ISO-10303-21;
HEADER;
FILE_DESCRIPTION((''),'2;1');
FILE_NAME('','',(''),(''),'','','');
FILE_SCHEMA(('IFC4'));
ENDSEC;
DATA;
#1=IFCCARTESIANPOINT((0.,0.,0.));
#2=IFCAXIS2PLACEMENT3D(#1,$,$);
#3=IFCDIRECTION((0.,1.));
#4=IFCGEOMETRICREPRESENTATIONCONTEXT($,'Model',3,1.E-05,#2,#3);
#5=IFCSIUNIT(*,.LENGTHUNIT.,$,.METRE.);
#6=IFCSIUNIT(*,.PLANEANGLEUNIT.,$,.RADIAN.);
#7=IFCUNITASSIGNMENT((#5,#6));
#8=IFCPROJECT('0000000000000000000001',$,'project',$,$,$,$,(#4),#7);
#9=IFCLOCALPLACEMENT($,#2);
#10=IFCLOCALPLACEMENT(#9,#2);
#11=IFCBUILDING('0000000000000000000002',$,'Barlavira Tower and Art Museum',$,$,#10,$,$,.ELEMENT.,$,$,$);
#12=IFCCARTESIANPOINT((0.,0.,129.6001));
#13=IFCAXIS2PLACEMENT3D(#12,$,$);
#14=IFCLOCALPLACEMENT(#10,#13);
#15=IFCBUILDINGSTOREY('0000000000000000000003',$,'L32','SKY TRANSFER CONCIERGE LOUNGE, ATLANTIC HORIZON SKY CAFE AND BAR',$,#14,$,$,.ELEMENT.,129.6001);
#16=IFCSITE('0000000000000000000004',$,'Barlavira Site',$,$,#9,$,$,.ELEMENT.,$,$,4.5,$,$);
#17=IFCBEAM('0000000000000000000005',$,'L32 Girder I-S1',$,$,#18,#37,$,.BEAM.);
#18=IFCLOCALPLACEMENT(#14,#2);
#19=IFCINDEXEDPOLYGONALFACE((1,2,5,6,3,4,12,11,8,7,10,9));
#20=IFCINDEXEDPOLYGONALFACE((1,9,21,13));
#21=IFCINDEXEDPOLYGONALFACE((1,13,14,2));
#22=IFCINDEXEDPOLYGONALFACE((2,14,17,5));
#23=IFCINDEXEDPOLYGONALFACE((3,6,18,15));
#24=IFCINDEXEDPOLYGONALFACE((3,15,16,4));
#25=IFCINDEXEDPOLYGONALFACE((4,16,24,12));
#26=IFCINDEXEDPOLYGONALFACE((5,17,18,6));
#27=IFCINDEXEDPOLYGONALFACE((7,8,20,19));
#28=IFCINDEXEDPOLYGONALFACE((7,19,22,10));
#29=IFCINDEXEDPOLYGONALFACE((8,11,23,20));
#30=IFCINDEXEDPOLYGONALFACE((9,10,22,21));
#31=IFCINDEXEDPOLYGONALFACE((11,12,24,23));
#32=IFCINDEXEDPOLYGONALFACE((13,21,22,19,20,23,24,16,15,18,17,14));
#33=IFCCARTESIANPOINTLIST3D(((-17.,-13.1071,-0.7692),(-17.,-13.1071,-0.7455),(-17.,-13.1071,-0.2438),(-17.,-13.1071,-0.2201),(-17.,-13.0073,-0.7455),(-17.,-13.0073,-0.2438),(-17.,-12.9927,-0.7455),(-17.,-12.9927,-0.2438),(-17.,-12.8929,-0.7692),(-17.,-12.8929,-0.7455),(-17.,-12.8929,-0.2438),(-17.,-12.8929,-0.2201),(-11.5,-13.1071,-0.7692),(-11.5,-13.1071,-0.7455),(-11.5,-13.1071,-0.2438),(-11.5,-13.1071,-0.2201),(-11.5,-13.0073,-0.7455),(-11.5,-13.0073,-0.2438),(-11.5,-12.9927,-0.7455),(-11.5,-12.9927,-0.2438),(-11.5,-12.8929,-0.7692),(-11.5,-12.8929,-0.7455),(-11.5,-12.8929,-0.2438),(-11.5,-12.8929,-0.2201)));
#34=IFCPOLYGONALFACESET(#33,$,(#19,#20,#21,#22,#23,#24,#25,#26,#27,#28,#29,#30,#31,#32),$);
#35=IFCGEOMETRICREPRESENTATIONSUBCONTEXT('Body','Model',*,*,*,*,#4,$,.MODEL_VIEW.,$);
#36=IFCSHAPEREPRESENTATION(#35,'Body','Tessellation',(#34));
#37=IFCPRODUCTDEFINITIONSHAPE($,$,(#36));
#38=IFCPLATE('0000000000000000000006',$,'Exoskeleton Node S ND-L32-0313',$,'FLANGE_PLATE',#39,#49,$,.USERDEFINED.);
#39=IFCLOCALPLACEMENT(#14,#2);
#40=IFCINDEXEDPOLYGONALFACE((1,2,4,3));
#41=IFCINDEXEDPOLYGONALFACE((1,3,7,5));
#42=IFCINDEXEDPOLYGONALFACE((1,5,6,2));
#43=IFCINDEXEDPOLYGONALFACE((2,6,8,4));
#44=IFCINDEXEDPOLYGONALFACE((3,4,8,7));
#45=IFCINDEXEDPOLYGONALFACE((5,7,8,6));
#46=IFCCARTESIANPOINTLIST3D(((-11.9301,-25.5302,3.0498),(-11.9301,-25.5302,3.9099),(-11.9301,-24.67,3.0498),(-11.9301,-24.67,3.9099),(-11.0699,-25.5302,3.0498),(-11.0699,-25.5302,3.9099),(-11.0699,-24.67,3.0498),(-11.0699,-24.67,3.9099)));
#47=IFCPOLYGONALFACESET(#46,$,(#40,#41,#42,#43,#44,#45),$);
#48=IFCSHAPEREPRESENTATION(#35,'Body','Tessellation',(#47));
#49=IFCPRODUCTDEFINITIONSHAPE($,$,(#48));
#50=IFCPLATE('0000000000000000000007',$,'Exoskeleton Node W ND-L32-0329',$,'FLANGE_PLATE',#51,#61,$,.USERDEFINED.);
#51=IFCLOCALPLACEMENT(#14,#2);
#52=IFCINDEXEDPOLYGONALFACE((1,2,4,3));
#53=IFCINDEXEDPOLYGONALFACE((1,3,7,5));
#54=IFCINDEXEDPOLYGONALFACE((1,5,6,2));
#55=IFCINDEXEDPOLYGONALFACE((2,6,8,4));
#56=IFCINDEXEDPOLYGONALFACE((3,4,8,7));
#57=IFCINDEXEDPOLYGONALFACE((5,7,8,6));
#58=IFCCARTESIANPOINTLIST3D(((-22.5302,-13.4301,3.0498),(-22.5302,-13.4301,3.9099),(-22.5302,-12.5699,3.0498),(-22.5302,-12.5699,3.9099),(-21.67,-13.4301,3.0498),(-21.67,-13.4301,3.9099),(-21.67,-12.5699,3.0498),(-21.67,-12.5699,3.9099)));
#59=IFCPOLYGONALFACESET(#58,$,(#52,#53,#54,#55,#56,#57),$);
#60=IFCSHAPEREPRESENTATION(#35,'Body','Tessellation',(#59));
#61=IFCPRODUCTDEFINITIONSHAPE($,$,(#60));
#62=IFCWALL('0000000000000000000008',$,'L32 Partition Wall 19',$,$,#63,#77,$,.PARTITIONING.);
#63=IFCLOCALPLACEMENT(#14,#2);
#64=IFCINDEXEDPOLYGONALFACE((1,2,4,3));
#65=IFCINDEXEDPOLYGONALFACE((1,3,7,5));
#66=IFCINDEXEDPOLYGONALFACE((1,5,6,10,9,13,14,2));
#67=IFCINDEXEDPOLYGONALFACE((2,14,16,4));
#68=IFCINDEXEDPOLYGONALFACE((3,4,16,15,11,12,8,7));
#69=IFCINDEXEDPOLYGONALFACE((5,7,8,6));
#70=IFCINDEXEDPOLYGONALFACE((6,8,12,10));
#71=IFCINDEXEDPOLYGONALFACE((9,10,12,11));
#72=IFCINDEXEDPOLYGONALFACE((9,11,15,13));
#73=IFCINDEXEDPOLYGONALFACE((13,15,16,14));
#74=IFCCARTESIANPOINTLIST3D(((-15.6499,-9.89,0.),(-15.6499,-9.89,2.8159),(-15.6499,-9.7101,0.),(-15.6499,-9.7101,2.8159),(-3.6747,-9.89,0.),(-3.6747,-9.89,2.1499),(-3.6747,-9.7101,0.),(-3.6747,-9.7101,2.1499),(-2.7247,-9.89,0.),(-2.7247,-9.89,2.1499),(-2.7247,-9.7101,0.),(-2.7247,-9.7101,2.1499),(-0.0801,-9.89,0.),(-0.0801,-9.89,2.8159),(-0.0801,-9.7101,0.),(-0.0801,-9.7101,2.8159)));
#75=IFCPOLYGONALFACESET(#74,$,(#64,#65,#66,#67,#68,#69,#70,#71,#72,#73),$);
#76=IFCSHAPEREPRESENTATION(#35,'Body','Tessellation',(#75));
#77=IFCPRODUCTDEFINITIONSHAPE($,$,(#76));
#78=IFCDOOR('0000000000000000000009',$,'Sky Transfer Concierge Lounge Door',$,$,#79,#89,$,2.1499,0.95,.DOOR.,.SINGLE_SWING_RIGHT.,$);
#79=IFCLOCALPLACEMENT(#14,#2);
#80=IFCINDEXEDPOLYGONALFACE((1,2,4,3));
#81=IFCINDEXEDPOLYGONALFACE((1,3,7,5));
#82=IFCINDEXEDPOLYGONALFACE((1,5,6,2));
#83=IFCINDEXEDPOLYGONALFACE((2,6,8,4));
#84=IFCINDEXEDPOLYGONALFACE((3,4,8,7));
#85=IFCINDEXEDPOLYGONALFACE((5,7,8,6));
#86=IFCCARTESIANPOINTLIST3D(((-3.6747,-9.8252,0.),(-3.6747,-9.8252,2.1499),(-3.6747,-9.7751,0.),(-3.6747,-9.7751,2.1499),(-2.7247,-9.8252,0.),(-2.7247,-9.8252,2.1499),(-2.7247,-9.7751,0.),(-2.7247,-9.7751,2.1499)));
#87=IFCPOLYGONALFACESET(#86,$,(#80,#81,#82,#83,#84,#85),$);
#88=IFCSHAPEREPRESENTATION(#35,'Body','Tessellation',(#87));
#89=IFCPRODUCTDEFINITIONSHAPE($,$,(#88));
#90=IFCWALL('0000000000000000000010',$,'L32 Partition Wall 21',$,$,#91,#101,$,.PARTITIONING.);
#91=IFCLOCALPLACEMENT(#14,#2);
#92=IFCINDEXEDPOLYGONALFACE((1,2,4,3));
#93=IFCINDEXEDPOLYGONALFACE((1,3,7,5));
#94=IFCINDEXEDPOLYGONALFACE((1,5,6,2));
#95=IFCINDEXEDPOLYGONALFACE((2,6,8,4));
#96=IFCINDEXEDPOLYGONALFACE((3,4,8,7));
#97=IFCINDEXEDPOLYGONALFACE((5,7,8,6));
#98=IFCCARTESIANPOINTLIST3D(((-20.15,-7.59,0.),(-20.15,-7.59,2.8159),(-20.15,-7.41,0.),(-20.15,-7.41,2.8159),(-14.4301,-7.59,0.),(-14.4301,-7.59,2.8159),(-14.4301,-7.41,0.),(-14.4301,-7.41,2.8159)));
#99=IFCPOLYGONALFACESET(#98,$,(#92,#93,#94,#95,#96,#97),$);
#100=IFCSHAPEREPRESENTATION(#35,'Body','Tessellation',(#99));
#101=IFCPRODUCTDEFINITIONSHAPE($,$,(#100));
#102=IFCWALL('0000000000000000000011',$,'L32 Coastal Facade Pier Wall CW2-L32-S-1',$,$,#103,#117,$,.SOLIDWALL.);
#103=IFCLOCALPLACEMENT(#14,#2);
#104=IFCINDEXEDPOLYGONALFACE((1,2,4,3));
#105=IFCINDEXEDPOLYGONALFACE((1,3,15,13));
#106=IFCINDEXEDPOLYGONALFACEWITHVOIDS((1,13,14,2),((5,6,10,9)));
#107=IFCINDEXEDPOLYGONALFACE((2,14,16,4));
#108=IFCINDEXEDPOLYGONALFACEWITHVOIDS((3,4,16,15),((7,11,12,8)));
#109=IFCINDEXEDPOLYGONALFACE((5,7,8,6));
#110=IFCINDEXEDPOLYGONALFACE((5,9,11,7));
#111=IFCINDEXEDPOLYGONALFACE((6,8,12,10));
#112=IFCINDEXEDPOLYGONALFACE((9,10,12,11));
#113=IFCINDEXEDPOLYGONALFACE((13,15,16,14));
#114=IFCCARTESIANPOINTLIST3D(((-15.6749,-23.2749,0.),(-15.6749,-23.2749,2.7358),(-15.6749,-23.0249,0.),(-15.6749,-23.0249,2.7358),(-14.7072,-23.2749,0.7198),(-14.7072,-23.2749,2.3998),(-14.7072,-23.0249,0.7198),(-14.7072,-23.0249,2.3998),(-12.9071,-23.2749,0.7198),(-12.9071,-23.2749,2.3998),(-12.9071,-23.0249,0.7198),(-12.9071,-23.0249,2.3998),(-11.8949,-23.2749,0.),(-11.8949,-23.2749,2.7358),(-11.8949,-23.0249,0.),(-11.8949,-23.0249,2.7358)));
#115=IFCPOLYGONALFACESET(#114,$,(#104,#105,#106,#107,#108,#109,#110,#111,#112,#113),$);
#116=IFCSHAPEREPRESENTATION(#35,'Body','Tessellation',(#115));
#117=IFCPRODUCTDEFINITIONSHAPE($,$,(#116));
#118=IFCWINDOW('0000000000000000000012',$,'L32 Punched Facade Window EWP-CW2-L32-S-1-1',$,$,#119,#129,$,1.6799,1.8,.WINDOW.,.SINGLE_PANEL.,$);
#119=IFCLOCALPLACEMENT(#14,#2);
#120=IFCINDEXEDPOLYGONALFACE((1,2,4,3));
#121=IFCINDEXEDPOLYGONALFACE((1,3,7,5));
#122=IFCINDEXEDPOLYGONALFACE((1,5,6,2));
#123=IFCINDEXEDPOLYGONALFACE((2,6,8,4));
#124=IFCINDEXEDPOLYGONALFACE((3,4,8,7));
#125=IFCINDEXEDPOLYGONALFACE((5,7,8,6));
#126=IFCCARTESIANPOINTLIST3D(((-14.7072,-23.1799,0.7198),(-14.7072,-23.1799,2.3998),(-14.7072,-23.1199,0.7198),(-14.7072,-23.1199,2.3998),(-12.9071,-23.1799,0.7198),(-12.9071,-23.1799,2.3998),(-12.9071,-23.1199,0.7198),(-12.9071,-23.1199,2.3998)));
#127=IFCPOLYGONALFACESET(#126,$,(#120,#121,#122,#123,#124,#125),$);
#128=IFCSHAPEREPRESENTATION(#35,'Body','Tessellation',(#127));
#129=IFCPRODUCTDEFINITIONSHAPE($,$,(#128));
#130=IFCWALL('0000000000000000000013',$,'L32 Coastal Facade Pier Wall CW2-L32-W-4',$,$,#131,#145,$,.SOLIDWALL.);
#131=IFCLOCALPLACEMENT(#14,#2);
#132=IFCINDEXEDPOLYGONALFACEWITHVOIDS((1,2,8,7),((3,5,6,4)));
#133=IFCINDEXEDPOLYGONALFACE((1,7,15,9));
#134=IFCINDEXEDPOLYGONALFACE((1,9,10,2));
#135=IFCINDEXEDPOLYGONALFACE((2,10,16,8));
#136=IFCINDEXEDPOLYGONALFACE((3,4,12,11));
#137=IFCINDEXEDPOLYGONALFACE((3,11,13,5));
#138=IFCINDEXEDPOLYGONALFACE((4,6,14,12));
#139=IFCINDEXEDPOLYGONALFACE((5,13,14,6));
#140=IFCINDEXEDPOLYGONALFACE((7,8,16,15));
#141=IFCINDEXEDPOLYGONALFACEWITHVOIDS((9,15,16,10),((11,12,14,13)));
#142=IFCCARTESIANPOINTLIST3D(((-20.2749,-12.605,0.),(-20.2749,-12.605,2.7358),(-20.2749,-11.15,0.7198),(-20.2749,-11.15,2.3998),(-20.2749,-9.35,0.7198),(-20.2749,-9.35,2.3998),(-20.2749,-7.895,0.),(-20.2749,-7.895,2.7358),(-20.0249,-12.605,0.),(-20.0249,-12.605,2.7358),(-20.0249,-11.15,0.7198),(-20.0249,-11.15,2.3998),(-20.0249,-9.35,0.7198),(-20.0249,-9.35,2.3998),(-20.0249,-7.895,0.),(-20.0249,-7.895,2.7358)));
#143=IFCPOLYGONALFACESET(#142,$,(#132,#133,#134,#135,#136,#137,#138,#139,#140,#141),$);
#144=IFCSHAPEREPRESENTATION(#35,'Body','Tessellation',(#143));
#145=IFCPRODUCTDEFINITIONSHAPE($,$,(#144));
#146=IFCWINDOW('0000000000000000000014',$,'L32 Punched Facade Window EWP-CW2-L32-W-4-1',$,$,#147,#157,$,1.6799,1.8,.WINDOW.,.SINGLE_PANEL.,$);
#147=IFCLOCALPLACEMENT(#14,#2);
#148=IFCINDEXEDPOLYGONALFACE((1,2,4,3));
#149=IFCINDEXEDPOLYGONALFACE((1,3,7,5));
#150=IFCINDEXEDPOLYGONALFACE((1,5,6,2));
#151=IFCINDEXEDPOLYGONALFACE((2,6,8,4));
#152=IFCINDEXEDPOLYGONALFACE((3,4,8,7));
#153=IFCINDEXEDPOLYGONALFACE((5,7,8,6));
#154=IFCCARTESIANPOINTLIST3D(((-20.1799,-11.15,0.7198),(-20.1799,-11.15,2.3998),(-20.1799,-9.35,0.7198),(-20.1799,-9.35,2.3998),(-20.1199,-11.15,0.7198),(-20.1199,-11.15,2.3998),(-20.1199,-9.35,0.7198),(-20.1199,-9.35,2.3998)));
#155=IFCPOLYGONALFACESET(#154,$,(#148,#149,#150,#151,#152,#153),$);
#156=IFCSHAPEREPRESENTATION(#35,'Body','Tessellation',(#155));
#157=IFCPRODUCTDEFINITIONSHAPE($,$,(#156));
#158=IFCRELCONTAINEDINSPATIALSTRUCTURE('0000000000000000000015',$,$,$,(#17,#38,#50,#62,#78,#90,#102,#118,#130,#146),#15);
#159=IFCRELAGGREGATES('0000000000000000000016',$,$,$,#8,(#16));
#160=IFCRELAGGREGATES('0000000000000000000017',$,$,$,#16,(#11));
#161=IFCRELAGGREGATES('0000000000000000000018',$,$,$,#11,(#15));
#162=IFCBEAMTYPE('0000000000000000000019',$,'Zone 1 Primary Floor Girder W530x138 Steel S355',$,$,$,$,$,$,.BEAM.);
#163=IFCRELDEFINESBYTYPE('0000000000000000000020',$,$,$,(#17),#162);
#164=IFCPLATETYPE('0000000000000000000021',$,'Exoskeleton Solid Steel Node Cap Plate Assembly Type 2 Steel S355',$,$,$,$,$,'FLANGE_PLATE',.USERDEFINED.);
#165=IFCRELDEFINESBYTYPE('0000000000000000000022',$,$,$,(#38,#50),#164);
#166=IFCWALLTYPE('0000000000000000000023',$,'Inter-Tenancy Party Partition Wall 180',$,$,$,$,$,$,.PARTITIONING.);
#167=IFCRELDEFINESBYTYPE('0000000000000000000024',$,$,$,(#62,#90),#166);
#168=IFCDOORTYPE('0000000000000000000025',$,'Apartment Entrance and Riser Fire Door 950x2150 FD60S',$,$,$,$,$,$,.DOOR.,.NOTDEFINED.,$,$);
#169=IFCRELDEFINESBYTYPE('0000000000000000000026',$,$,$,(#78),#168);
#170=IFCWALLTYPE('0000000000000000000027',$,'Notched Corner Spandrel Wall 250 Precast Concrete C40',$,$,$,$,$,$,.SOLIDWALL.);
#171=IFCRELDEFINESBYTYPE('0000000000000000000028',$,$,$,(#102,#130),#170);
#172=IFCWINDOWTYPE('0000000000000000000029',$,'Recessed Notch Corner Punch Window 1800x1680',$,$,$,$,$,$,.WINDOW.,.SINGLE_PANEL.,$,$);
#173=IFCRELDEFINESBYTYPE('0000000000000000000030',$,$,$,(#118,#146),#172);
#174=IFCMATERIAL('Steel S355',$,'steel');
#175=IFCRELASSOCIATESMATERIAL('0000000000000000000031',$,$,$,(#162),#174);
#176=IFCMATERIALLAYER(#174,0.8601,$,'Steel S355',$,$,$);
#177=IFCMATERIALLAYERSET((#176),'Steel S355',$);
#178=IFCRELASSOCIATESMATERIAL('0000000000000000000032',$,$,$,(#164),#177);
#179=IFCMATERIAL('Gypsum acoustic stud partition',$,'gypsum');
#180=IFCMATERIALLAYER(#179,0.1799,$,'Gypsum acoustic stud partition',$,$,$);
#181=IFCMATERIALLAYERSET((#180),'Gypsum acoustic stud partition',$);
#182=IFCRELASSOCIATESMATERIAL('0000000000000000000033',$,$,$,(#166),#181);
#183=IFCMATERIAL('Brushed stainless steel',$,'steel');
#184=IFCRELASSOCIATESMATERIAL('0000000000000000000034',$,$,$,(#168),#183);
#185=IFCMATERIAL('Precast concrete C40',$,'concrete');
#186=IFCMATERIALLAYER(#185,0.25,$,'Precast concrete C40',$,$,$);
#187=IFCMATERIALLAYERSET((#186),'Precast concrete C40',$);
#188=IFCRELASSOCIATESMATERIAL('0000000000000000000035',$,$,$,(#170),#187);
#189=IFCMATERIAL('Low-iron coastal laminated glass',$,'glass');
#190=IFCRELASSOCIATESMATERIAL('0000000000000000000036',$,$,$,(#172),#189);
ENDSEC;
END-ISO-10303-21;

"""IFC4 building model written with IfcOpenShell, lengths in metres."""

from ifc_helpers import new_model, si_unit, direction, frame, frame_2d, origin, origin_2d, place, context, subcontext, project, spatial, rectangle, i_section, extrude, material, layer, layer_set, material_profile, profile_set, type_object, element, fill, save


model = new_model("IFC4")

# Units and contexts
model_context = context("Model", 3, precision=1e-05, world=origin(), true_north=direction((0.0, 1.0)))
body_context = subcontext(model_context, "Body", "Model", "MODEL_VIEW")
ifc_project = project(units=[si_unit("LENGTHUNIT", "METRE"), si_unit("PLANEANGLEUNIT", "RADIAN")], contexts=[model_context])

# Site, building, storey
site_placement = place(None, origin())
site = spatial("IfcSite", under=ifc_project, at=site_placement, Name="Barlavira Site", CompositionType="ELEMENT", RefElevation=4.5)
building_placement = place(site_placement, origin())
building = spatial("IfcBuilding", under=site, at=building_placement, Name="Barlavira Tower and Art Museum", CompositionType="ELEMENT")
storey_placement = place(building_placement, frame((0.0, 0.0, 129.6001)))
storey = spatial("IfcBuildingStorey", under=building, at=storey_placement, Name="L32", Description="SKY TRANSFER CONCIERGE LOUNGE, ATLANTIC HORIZON SKY CAFE AND BAR", CompositionType="ELEMENT", Elevation=129.6001)

# Beam
ifc_material_1 = material(Name="Steel S355", Category="steel")
ifc_material_profile_1 = material_profile(ifc_material_1, i_section(OverallWidth=0.2141, OverallDepth=0.5491, WebThickness=0.0146, FlangeThickness=0.0237, at=origin_2d()), Name="W530x138.0")
ifc_profile_set_1 = profile_set([ifc_material_profile_1], Name="Steel S355")
beam_type_1 = type_object("IfcBeamType", Name="Zone 1 Primary Floor Girder W530x138 Steel S355", PredefinedType="BEAM", material=ifc_profile_set_1)
for number, where, z_axis, x_axis, name in (
    (1, (-17.0, -13.0, -0.4946), (1.0, 0.0, 0.0), (0.0, 1.0, 0.0), "L32 Girder I-S1"),
):
    element("IfcBeam", number, at=place(storey_placement, frame(where, z_axis=z_axis, x_axis=x_axis)), inside=storey, type_object=beam_type_1, Name=name, PredefinedType="BEAM", context=body_context, shape_type="SweptSolid", body=[
        extrude(i_section(OverallWidth=0.2141, OverallDepth=0.5491, WebThickness=0.0146, FlangeThickness=0.0237, at=origin_2d()), origin(), (0.0, 0.0, 1.0), 5.5),
    ])

# Plates
ifc_layer_1 = layer(ifc_material_1, 0.8601, Name="Steel S355")
ifc_layer_set_1 = layer_set([ifc_layer_1], Name="Steel S355")
plate_type = type_object("IfcPlateType", Name="Exoskeleton Solid Steel Node Cap Plate Assembly Type 2 Steel S355", ElementType="FLANGE_PLATE", PredefinedType="USERDEFINED", material=ifc_layer_set_1)
for number, where, z_axis, x_axis, name in (
    (2, (-11.5, -25.1001, 3.0498), (0.0, 0.0, 1.0), (1.0, 0.0, 0.0), "Exoskeleton Node S ND-L32-0313"),
    (3, (-22.1001, -13.0, 3.0498), (0.0, 0.0, 1.0), (1.0, 0.0, 0.0), "Exoskeleton Node W ND-L32-0329"),
):
    element("IfcPlate", number, at=place(storey_placement, frame(where, z_axis=z_axis, x_axis=x_axis)), inside=storey, type_object=plate_type, Name=name, ObjectType="FLANGE_PLATE", PredefinedType="USERDEFINED", context=body_context, shape_type="SweptSolid", body=[
        extrude(rectangle(XDim=0.8601, YDim=0.8601, at=origin_2d()), origin(), (0.0, 0.0, 1.0), 0.8601),
    ])

# Wall, opening, door
ifc_material_2 = material(Name="Gypsum acoustic stud partition", Category="gypsum")
ifc_layer_2 = layer(ifc_material_2, 0.1799, Name="Gypsum acoustic stud partition")
ifc_layer_set_2 = layer_set([ifc_layer_2], Name="Gypsum acoustic stud partition")
wall_type_1 = type_object("IfcWallType", Name="Inter-Tenancy Party Partition Wall 180", PredefinedType="PARTITIONING", material=ifc_layer_set_2)
wall_1_placement = place(storey_placement, frame((-15.6499, -9.8, 0.0), z_axis=(0.0, 0.0, 1.0), x_axis=(1.0, 0.0, 0.0)))
wall_1 = element("IfcWall", 4, at=wall_1_placement, inside=storey, type_object=wall_type_1, Name="L32 Partition Wall 19", PredefinedType="PARTITIONING", context=body_context, shape_type="SweptSolid", body=[
    extrude(rectangle(XDim=15.5698, YDim=0.1799, at=frame_2d((7.7849, 0.0))), origin(), (0.0, 0.0, 1.0), 2.8159),
])
opening_1_placement = place(wall_1_placement, frame((11.9751, 0.0, 0.0)))
opening_1 = element("IfcOpeningElement", 5, at=opening_1_placement, cuts=wall_1, PredefinedType="OPENING", context=body_context, shape_type="SweptSolid", body=[
    extrude(rectangle(XDim=0.95, YDim=2.1499, at=frame_2d((0.4751, 1.075))), frame((0.0, 0.1001, 0.0), z_axis=(0.0, -1.0, 0.0), x_axis=(1.0, 0.0, 0.0)), (0.0, 0.0, 1.0), 0.2),
])
ifc_material_3 = material(Name="Brushed stainless steel", Category="steel")
door_type = type_object("IfcDoorType", Name="Apartment Entrance and Riser Fire Door 950x2150 FD60S", OperationType="NOTDEFINED", PredefinedType="DOOR", material=ifc_material_3)
door_placement = place(opening_1_placement, origin())
door = element("IfcDoor", 6, at=door_placement, inside=storey, type_object=door_type, Name="Sky Transfer Concierge Lounge Door", OperationType="SINGLE_SWING_RIGHT", OverallHeight=2.1499, OverallWidth=0.95, PredefinedType="DOOR", context=body_context, shape_type="SweptSolid", body=[
    extrude(rectangle(XDim=0.95, YDim=2.1499, at=frame_2d((0.4751, 1.075))), frame((0.0, 0.0249, 0.0), z_axis=(0.0, -1.0, 0.0), x_axis=(1.0, 0.0, 0.0)), (0.0, 0.0, 1.0), 0.05),
])
fill(opening_1, door)

# Wall
wall_2_placement = place(storey_placement, frame((-20.1499, -7.5, 0.0), z_axis=(0.0, 0.0, 1.0), x_axis=(1.0, 0.0, 0.0)))
element("IfcWall", 7, at=wall_2_placement, inside=storey, type_object=wall_type_1, Name="L32 Partition Wall 21", PredefinedType="PARTITIONING", context=body_context, shape_type="SweptSolid", body=[
    extrude(rectangle(XDim=5.72, YDim=0.1799, at=frame_2d((2.8599, 0.0))), origin(), (0.0, 0.0, 1.0), 2.8159),
])

# Walls, openings, windows
ifc_material_4 = material(Name="Precast concrete C40", Category="concrete")
ifc_layer_3 = layer(ifc_material_4, 0.25, Name="Precast concrete C40")
ifc_layer_set_3 = layer_set([ifc_layer_3], Name="Precast concrete C40")
wall_type_2 = type_object("IfcWallType", Name="Notched Corner Spandrel Wall 250 Precast Concrete C40", PredefinedType="SOLIDWALL", material=ifc_layer_set_3)
wall_3_placement = place(storey_placement, frame((-15.675, -23.1499, 0.0), z_axis=(0.0, 0.0, 1.0), x_axis=(1.0, 0.0, 0.0)))
wall_3 = element("IfcWall", 8, at=wall_3_placement, inside=storey, type_object=wall_type_2, Name="L32 Coastal Facade Pier Wall CW2-L32-S-1", PredefinedType="SOLIDWALL", context=body_context, shape_type="SweptSolid", body=[
    extrude(rectangle(XDim=3.78, YDim=0.25, at=frame_2d((1.8901, 0.0))), origin(), (0.0, 0.0, 1.0), 2.7358),
])
opening_2_placement = place(wall_3_placement, frame((0.968, 0.0, 0.72)))
opening_2 = element("IfcOpeningElement", 9, at=opening_2_placement, cuts=wall_3, PredefinedType="OPENING", context=body_context, shape_type="SweptSolid", body=[
    extrude(rectangle(XDim=1.8, YDim=1.6799, at=frame_2d((0.8999, 0.8398))), frame((0.0, 0.135, 0.0), z_axis=(0.0, -1.0, 0.0), x_axis=(1.0, 0.0, 0.0)), (0.0, 0.0, 1.0), 0.27),
])
ifc_material_5 = material(Name="Low-iron coastal laminated glass", Category="glass")
window_type = type_object("IfcWindowType", Name="Recessed Notch Corner Punch Window 1800x1680", PartitioningType="SINGLE_PANEL", PredefinedType="WINDOW", material=ifc_material_5)
window_1_placement = place(opening_2_placement, origin())
window_1 = element("IfcWindow", 10, at=window_1_placement, inside=storey, type_object=window_type, Name="L32 Punched Facade Window EWP-CW2-L32-S-1-1", OverallHeight=1.6799, OverallWidth=1.8, PartitioningType="SINGLE_PANEL", PredefinedType="WINDOW", context=body_context, shape_type="SweptSolid", body=[
    extrude(rectangle(XDim=1.8, YDim=1.6799, at=frame_2d((0.8999, 0.8398))), frame((0.0, 0.03, 0.0), z_axis=(0.0, -1.0, 0.0), x_axis=(1.0, 0.0, 0.0)), (0.0, 0.0, 1.0), 0.0601),
])
fill(opening_2, window_1)
wall_4_placement = place(storey_placement, frame((-20.1499, -7.895, 0.0), z_axis=(0.0, 0.0, 1.0), x_axis=(0.0, -1.0, 0.0)))
wall_4 = element("IfcWall", 11, at=wall_4_placement, inside=storey, type_object=wall_type_2, Name="L32 Coastal Facade Pier Wall CW2-L32-W-4", PredefinedType="SOLIDWALL", context=body_context, shape_type="SweptSolid", body=[
    extrude(rectangle(XDim=4.71, YDim=0.25, at=frame_2d((2.355, 0.0))), origin(), (0.0, 0.0, 1.0), 2.7358),
])
opening_3_placement = place(wall_4_placement, frame((1.4551, 0.0, 0.72)))
opening_3 = element("IfcOpeningElement", 12, at=opening_3_placement, cuts=wall_4, PredefinedType="OPENING", context=body_context, shape_type="SweptSolid", body=[
    extrude(rectangle(XDim=1.8, YDim=1.6799, at=frame_2d((0.8999, 0.8398))), frame((0.0, 0.135, 0.0), z_axis=(0.0, -1.0, 0.0), x_axis=(1.0, 0.0, 0.0)), (0.0, 0.0, 1.0), 0.27),
])
window_2_placement = place(opening_3_placement, origin())
window_2 = element("IfcWindow", 13, at=window_2_placement, inside=storey, type_object=window_type, Name="L32 Punched Facade Window EWP-CW2-L32-W-4-1", OverallHeight=1.6799, OverallWidth=1.8, PartitioningType="SINGLE_PANEL", PredefinedType="WINDOW", context=body_context, shape_type="SweptSolid", body=[
    extrude(rectangle(XDim=1.8, YDim=1.6799, at=frame_2d((0.8999, 0.8398))), frame((0.0, 0.03, 0.0), z_axis=(0.0, -1.0, 0.0), x_axis=(1.0, 0.0, 0.0)), (0.0, 0.0, 1.0), 0.0601),
])
fill(opening_3, window_2)

save(model, "model.ifc")
